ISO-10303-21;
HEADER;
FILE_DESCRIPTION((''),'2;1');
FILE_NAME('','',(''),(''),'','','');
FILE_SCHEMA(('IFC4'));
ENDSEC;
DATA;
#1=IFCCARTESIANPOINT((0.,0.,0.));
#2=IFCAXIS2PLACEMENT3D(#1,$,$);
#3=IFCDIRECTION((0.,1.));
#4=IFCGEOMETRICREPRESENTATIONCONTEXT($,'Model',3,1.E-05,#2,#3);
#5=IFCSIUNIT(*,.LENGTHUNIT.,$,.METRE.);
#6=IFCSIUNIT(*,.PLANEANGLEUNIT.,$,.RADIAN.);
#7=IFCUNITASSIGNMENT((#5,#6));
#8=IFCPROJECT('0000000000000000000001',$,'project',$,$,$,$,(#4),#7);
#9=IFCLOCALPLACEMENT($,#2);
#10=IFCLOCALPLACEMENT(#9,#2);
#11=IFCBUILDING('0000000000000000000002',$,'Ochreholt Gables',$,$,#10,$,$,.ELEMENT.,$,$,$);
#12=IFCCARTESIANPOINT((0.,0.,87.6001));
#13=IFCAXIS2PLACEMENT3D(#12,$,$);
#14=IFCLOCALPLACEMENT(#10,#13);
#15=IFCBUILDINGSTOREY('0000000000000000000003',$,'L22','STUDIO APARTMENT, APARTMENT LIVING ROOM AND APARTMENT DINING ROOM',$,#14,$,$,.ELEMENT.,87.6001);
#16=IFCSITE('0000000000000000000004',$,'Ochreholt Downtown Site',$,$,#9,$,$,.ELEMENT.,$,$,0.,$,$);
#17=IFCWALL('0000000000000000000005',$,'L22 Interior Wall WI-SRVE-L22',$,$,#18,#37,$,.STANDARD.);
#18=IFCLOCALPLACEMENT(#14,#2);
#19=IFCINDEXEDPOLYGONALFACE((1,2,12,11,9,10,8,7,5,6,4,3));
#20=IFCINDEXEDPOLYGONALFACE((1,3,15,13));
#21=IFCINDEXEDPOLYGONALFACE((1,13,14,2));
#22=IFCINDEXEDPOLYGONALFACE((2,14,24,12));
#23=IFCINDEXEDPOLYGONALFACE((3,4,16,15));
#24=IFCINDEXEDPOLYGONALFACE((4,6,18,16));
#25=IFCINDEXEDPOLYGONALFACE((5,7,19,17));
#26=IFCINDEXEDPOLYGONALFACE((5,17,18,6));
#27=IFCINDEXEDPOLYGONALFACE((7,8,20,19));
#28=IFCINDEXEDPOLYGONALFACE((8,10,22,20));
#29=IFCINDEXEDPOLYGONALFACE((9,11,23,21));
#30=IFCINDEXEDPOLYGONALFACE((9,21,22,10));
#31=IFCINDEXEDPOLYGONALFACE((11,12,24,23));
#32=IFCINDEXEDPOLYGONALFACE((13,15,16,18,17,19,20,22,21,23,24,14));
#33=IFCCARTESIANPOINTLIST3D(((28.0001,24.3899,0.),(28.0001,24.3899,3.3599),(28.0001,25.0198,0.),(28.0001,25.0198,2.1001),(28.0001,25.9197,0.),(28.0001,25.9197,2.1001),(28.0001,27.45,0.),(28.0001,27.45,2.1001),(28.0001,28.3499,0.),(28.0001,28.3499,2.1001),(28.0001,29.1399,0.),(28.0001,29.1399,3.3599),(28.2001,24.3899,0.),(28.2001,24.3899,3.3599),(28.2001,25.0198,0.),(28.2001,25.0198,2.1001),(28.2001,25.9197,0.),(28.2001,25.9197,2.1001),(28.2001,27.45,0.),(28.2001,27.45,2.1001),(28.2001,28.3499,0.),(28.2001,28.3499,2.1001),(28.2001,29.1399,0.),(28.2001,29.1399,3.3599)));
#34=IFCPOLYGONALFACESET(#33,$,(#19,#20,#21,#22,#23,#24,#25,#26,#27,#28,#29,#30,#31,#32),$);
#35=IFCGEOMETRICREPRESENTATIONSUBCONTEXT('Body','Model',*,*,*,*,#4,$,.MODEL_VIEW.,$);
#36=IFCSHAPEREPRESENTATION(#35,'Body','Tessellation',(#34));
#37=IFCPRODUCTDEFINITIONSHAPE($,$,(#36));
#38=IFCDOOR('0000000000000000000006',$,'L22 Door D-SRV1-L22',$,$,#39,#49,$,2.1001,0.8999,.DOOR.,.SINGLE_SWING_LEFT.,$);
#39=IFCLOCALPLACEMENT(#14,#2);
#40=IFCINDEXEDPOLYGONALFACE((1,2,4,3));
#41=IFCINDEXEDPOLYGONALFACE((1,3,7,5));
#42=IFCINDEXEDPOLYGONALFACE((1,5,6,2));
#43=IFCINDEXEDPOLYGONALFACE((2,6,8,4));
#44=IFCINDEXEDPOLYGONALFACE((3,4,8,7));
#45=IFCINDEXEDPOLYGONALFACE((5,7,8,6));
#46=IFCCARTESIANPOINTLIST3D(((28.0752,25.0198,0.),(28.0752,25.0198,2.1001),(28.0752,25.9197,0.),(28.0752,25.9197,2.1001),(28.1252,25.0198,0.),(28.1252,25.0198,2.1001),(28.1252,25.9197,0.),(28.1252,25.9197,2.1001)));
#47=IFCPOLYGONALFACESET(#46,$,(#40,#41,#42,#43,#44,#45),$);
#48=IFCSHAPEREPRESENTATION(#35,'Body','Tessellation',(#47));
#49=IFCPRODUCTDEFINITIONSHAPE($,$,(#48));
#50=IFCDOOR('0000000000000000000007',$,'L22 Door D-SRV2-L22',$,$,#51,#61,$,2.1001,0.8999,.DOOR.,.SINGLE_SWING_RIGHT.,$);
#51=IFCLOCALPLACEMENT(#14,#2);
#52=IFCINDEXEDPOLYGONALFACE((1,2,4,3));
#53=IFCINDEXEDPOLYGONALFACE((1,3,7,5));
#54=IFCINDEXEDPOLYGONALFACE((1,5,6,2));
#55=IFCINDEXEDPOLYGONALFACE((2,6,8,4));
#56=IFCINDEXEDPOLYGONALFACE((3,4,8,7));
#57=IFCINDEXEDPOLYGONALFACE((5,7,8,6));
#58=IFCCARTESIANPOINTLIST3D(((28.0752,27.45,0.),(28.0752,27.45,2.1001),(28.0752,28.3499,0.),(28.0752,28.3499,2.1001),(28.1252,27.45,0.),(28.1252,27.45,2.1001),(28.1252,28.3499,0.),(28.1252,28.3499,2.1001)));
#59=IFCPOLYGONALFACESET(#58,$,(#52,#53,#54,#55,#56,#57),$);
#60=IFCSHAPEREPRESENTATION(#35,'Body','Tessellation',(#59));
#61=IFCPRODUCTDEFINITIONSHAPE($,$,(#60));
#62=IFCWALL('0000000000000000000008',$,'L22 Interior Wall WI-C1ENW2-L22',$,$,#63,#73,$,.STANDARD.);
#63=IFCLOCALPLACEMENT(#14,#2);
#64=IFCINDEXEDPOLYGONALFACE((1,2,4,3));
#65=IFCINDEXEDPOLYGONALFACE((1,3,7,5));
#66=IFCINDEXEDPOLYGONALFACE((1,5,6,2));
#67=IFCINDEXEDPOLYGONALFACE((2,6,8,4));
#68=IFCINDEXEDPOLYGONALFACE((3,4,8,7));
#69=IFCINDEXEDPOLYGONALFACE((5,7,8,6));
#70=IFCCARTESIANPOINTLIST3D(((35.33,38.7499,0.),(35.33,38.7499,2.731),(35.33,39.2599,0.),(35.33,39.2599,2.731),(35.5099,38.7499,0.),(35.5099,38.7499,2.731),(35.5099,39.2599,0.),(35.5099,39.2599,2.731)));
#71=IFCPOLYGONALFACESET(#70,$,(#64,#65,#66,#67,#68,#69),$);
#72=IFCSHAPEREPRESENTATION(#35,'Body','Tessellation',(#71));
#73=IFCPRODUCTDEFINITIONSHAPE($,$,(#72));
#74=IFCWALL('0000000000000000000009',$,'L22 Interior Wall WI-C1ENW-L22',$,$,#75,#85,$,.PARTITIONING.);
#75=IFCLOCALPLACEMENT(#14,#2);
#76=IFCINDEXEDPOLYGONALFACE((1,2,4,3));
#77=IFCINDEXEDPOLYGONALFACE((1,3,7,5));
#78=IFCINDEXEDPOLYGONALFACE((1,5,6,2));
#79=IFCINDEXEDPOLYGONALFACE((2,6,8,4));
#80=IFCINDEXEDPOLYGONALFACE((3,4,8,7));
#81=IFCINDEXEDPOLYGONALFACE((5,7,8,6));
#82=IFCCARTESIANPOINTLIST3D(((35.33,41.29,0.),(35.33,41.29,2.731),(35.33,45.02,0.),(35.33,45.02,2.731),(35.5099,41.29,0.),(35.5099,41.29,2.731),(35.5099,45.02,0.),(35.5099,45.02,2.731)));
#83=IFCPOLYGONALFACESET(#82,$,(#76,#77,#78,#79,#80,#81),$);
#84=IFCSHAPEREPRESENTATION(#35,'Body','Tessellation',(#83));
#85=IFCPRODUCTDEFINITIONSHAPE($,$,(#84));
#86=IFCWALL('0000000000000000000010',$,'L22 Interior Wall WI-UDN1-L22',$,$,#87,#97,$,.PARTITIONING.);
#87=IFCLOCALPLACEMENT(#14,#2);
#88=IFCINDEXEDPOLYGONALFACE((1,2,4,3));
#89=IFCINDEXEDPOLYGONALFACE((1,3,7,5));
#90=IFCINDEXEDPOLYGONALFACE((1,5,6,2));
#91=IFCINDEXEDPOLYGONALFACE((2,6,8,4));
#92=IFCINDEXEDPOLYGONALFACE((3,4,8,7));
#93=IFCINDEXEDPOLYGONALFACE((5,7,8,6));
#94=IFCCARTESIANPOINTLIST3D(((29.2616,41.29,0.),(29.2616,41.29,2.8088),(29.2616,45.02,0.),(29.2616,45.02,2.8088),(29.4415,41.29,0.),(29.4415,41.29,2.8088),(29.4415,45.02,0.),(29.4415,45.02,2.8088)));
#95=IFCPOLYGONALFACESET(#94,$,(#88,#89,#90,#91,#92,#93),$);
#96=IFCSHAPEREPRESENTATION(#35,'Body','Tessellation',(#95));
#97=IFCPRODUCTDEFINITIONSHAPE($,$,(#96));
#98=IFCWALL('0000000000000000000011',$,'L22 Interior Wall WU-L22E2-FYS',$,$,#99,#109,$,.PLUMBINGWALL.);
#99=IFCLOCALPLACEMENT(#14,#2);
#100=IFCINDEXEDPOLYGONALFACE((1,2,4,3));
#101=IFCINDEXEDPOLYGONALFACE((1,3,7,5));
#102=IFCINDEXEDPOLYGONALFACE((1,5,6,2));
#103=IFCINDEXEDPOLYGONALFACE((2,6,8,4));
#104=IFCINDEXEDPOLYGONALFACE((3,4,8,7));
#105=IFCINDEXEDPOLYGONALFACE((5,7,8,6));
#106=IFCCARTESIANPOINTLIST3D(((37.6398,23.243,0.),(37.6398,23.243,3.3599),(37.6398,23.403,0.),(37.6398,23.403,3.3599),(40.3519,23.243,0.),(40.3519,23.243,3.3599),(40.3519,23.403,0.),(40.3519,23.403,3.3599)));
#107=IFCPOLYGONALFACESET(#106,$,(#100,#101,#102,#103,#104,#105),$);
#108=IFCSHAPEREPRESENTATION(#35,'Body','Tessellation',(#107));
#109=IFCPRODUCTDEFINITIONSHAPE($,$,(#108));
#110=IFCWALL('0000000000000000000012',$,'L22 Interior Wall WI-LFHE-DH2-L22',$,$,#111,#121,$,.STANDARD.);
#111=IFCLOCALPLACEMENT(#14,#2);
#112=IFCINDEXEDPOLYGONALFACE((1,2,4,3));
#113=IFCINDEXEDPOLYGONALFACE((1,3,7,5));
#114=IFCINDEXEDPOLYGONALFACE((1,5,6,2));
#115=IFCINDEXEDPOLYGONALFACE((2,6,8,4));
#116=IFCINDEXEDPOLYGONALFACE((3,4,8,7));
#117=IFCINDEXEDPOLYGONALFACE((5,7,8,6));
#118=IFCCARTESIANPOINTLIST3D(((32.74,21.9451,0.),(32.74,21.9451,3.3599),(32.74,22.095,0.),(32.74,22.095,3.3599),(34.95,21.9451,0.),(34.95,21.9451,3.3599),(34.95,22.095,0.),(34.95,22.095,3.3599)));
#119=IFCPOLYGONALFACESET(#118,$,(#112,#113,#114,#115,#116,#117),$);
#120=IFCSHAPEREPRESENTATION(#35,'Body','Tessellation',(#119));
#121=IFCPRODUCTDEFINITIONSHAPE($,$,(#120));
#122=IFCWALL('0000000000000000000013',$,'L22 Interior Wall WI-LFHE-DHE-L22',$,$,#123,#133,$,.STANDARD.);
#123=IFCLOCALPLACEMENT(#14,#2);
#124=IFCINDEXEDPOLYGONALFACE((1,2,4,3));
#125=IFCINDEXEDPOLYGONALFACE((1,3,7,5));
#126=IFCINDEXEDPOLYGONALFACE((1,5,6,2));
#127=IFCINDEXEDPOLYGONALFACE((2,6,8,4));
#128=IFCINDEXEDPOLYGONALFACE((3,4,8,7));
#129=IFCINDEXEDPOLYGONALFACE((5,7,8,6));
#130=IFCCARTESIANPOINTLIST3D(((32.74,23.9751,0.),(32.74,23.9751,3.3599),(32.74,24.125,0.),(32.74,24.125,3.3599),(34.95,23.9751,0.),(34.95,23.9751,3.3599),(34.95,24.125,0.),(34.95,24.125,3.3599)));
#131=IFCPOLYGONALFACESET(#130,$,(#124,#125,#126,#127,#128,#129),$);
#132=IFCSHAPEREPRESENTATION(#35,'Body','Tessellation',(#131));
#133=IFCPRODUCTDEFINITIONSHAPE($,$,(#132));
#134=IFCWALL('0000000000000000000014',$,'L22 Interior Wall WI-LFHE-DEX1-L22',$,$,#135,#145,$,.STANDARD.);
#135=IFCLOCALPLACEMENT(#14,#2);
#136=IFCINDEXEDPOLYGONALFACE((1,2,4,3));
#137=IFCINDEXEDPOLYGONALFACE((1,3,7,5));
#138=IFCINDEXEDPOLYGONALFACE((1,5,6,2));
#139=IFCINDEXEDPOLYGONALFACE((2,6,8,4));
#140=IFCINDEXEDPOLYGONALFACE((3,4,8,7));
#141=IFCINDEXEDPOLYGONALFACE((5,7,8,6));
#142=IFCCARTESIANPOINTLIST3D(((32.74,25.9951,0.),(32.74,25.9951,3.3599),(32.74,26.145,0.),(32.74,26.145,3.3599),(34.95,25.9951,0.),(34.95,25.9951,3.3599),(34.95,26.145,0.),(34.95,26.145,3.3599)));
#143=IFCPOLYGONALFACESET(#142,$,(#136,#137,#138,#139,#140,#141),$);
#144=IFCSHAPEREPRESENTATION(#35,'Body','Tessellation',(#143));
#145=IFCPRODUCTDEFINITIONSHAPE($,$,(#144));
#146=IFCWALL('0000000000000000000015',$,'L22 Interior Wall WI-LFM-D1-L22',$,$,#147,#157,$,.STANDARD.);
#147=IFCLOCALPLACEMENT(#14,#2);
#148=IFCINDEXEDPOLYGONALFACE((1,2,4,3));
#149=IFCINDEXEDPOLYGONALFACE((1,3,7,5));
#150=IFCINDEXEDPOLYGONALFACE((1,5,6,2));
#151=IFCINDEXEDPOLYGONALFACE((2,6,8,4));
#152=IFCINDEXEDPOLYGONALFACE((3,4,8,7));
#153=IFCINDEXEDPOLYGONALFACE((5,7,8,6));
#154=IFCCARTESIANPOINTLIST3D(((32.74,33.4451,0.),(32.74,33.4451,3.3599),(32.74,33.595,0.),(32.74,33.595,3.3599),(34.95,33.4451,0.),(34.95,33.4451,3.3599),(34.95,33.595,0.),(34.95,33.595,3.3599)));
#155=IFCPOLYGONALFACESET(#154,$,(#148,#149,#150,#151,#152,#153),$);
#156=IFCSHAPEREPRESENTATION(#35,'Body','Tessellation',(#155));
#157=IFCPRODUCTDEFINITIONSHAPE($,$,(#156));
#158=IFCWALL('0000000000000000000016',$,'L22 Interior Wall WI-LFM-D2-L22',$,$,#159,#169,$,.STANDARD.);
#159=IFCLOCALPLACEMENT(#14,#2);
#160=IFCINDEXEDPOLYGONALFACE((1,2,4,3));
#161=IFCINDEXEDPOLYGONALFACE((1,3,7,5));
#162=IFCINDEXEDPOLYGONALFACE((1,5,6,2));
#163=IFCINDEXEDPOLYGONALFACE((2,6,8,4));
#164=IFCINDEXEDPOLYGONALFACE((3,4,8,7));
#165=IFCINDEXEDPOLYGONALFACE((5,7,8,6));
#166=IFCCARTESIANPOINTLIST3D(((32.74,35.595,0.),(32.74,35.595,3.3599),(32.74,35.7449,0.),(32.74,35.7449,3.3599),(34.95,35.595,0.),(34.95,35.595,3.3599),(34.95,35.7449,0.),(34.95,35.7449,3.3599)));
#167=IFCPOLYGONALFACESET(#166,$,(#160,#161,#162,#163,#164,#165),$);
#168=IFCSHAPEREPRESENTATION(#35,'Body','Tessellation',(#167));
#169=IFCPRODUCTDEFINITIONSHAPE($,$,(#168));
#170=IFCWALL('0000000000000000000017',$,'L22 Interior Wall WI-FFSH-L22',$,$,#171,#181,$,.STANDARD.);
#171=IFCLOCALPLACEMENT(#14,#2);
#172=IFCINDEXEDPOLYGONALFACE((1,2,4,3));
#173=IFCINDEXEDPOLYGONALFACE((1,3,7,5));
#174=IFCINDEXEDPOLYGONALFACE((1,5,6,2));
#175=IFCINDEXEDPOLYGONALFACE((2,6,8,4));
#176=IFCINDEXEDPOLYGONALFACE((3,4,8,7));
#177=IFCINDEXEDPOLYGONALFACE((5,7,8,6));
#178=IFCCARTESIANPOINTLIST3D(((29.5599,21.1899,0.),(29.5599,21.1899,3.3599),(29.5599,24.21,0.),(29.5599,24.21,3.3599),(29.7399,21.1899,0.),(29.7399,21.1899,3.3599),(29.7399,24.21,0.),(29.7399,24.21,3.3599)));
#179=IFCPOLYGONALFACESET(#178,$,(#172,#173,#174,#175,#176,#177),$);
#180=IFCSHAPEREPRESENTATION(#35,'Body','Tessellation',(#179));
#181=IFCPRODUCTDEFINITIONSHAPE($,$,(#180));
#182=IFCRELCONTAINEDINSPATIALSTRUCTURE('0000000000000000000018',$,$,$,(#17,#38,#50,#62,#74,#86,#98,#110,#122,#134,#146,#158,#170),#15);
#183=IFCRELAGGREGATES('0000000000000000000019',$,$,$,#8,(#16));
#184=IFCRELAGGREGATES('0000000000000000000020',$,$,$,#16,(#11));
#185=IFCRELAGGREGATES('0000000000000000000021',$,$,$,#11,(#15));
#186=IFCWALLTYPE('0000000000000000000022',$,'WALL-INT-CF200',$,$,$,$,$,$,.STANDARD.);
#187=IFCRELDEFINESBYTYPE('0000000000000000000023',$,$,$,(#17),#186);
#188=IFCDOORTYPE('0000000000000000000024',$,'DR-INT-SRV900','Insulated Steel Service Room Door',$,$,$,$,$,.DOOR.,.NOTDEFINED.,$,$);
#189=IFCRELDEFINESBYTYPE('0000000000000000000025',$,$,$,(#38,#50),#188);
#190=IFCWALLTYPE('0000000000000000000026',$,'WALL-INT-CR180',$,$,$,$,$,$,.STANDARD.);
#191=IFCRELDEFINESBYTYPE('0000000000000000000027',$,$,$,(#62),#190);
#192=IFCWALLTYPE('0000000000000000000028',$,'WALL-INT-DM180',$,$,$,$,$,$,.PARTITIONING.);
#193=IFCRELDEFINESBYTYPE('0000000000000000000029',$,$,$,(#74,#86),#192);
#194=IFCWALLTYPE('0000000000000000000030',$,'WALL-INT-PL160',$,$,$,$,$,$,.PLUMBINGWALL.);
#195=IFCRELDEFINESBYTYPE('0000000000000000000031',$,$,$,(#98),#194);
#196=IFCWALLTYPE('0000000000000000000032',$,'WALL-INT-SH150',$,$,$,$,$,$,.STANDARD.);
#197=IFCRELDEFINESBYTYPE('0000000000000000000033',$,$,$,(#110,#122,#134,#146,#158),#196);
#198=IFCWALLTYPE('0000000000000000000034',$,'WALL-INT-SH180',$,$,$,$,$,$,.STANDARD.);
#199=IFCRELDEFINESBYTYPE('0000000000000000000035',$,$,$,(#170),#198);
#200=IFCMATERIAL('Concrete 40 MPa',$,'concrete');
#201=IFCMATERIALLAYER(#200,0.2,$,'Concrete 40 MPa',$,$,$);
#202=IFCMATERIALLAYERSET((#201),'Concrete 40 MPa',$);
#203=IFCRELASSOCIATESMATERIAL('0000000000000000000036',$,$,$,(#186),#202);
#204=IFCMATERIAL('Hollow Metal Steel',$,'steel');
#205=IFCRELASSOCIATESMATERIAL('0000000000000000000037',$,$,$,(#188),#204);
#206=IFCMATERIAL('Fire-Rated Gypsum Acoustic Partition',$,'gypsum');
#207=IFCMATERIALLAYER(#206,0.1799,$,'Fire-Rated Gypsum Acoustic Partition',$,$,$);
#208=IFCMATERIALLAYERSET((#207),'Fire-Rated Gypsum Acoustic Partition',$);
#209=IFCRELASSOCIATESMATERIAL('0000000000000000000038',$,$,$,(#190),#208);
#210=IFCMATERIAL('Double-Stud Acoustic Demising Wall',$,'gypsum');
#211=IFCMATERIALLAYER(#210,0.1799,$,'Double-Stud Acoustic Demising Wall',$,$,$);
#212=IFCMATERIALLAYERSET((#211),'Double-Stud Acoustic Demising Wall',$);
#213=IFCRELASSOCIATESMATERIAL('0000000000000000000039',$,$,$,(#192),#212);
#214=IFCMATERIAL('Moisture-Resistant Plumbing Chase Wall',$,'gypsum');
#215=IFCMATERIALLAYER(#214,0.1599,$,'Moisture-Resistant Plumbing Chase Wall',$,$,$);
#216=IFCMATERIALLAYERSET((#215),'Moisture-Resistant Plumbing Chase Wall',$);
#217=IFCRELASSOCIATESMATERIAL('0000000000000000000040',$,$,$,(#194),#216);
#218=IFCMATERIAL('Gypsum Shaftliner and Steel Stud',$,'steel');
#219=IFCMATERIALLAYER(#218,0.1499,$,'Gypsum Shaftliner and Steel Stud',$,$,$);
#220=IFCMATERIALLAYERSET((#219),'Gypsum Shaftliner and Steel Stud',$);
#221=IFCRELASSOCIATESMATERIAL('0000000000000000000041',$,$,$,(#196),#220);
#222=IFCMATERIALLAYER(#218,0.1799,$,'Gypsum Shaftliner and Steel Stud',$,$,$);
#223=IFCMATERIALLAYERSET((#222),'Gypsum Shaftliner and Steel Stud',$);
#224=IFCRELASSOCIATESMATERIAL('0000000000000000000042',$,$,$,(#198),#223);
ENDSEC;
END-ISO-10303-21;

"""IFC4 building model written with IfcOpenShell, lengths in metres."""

from ifc_helpers import new_model, si_unit, direction, frame, frame_2d, origin, place, context, subcontext, project, spatial, rectangle, extrude, material, layer, layer_set, type_object, element, fill, save


model = new_model("IFC4")

# Units and contexts
model_context = context("Model", 3, precision=1e-05, world=origin(), true_north=direction((0.0, 1.0)))
body_context = subcontext(model_context, "Body", "Model", "MODEL_VIEW")
ifc_project = project(units=[si_unit("LENGTHUNIT", "METRE"), si_unit("PLANEANGLEUNIT", "RADIAN")], contexts=[model_context])

# Site, building, storey
site_placement = place(None, origin())
site = spatial("IfcSite", under=ifc_project, at=site_placement, Name="Ochreholt Downtown Site", CompositionType="ELEMENT", RefElevation=0.0)
building_placement = place(site_placement, origin())
building = spatial("IfcBuilding", under=site, at=building_placement, Name="Ochreholt Gables", CompositionType="ELEMENT")
storey_placement = place(building_placement, frame((0.0, 0.0, 87.6001)))
storey = spatial("IfcBuildingStorey", under=building, at=storey_placement, Name="L22", Description="STUDIO APARTMENT, APARTMENT LIVING ROOM AND APARTMENT DINING ROOM", CompositionType="ELEMENT", Elevation=87.6001)

# Wall, openings, doors
ifc_material_1 = material(Name="Concrete 40 MPa", Category="concrete")
ifc_layer_1 = layer(ifc_material_1, 0.2, Name="Concrete 40 MPa")
ifc_layer_set_1 = layer_set([ifc_layer_1], Name="Concrete 40 MPa")
wall_type_1 = type_object("IfcWallType", Name="WALL-INT-CF200", PredefinedType="STANDARD", material=ifc_layer_set_1)
wall_1_placement = place(storey_placement, frame((28.1001, 24.3899, 0.0), z_axis=(0.0, 0.0, 1.0), x_axis=(0.0, 1.0, 0.0)))
wall_1 = element("IfcWall", 1, at=wall_1_placement, inside=storey, type_object=wall_type_1, Name="L22 Interior Wall WI-SRVE-L22", PredefinedType="STANDARD", context=body_context, shape_type="SweptSolid", body=[
    extrude(rectangle(XDim=4.75, YDim=0.2, at=frame_2d((2.375, 0.0))), origin(), (0.0, 0.0, 1.0), 3.3599),
])
opening_1_placement = place(wall_1_placement, frame((0.6299, 0.0, 0.0)))
opening_1 = element("IfcOpeningElement", 2, at=opening_1_placement, cuts=wall_1, PredefinedType="OPENING", context=body_context, shape_type="SweptSolid", body=[
    extrude(rectangle(XDim=0.8999, YDim=2.1001, at=frame_2d((0.45, 1.05))), frame((0.0, 0.1099, 0.0), z_axis=(0.0, -1.0, 0.0), x_axis=(1.0, 0.0, 0.0)), (0.0, 0.0, 1.0), 0.22),
])
opening_2_placement = place(wall_1_placement, frame((3.0601, 0.0, 0.0)))
opening_2 = element("IfcOpeningElement", 3, at=opening_2_placement, cuts=wall_1, PredefinedType="OPENING", context=body_context, shape_type="SweptSolid", body=[
    extrude(rectangle(XDim=0.8999, YDim=2.1001, at=frame_2d((0.45, 1.05))), frame((0.0, 0.1099, 0.0), z_axis=(0.0, -1.0, 0.0), x_axis=(1.0, 0.0, 0.0)), (0.0, 0.0, 1.0), 0.22),
])
ifc_material_2 = material(Name="Hollow Metal Steel", Category="steel")
door_type = type_object("IfcDoorType", Name="DR-INT-SRV900", Description="Insulated Steel Service Room Door", OperationType="NOTDEFINED", PredefinedType="DOOR", material=ifc_material_2)
door_1_placement = place(opening_1_placement, origin())
door_1 = element("IfcDoor", 4, at=door_1_placement, inside=storey, type_object=door_type, Name="L22 Door D-SRV1-L22", OperationType="SINGLE_SWING_LEFT", OverallHeight=2.1001, OverallWidth=0.8999, PredefinedType="DOOR", context=body_context, shape_type="SweptSolid", body=[
    extrude(rectangle(XDim=0.8999, YDim=2.1001, at=frame_2d((0.45, 1.05))), frame((0.0, 0.0249, 0.0), z_axis=(0.0, -1.0, 0.0), x_axis=(1.0, 0.0, 0.0)), (0.0, 0.0, 1.0), 0.05),
])
fill(opening_1, door_1)
door_2_placement = place(opening_2_placement, origin())
door_2 = element("IfcDoor", 5, at=door_2_placement, inside=storey, type_object=door_type, Name="L22 Door D-SRV2-L22", OperationType="SINGLE_SWING_RIGHT", OverallHeight=2.1001, OverallWidth=0.8999, PredefinedType="DOOR", context=body_context, shape_type="SweptSolid", body=[
    extrude(rectangle(XDim=0.8999, YDim=2.1001, at=frame_2d((0.45, 1.05))), frame((0.0, 0.0249, 0.0), z_axis=(0.0, -1.0, 0.0), x_axis=(1.0, 0.0, 0.0)), (0.0, 0.0, 1.0), 0.05),
])
fill(opening_2, door_2)

# Walls
ifc_material_3 = material(Name="Fire-Rated Gypsum Acoustic Partition", Category="gypsum")
ifc_layer_2 = layer(ifc_material_3, 0.1799, Name="Fire-Rated Gypsum Acoustic Partition")
ifc_layer_set_2 = layer_set([ifc_layer_2], Name="Fire-Rated Gypsum Acoustic Partition")
wall_type_2 = type_object("IfcWallType", Name="WALL-INT-CR180", PredefinedType="STANDARD", material=ifc_layer_set_2)
wall_2_placement = place(storey_placement, frame((35.4199, 38.75, 0.0), z_axis=(0.0, 0.0, 1.0), x_axis=(0.0, 1.0, 0.0)))
element("IfcWall", 6, at=wall_2_placement, inside=storey, type_object=wall_type_2, Name="L22 Interior Wall WI-C1ENW2-L22", PredefinedType="STANDARD", context=body_context, shape_type="SweptSolid", body=[
    extrude(rectangle(XDim=0.51, YDim=0.1799, at=frame_2d((0.2549, 0.0))), origin(), (0.0, 0.0, 1.0), 2.731),
])
ifc_material_4 = material(Name="Double-Stud Acoustic Demising Wall", Category="gypsum")
ifc_layer_3 = layer(ifc_material_4, 0.1799, Name="Double-Stud Acoustic Demising Wall")
ifc_layer_set_3 = layer_set([ifc_layer_3], Name="Double-Stud Acoustic Demising Wall")
wall_type_3 = type_object("IfcWallType", Name="WALL-INT-DM180", PredefinedType="PARTITIONING", material=ifc_layer_set_3)
wall_3_placement = place(storey_placement, frame((35.4199, 41.29, 0.0), z_axis=(0.0, 0.0, 1.0), x_axis=(0.0, 1.0, 0.0)))
element("IfcWall", 7, at=wall_3_placement, inside=storey, type_object=wall_type_3, Name="L22 Interior Wall WI-C1ENW-L22", PredefinedType="PARTITIONING", context=body_context, shape_type="SweptSolid", body=[
    extrude(rectangle(XDim=3.73, YDim=0.1799, at=frame_2d((1.865, 0.0))), origin(), (0.0, 0.0, 1.0), 2.731),
])
wall_4_placement = place(storey_placement, frame((29.3516, 41.29, 0.0), z_axis=(0.0, 0.0, 1.0), x_axis=(0.0, 1.0, 0.0)))
element("IfcWall", 8, at=wall_4_placement, inside=storey, type_object=wall_type_3, Name="L22 Interior Wall WI-UDN1-L22", PredefinedType="PARTITIONING", context=body_context, shape_type="SweptSolid", body=[
    extrude(rectangle(XDim=3.73, YDim=0.1799, at=frame_2d((1.865, 0.0))), origin(), (0.0, 0.0, 1.0), 2.8088),
])
ifc_material_5 = material(Name="Moisture-Resistant Plumbing Chase Wall", Category="gypsum")
ifc_layer_4 = layer(ifc_material_5, 0.1599, Name="Moisture-Resistant Plumbing Chase Wall")
ifc_layer_set_4 = layer_set([ifc_layer_4], Name="Moisture-Resistant Plumbing Chase Wall")
wall_type_4 = type_object("IfcWallType", Name="WALL-INT-PL160", PredefinedType="PLUMBINGWALL", material=ifc_layer_set_4)
wall_5_placement = place(storey_placement, frame((37.6399, 23.323, 0.0), z_axis=(0.0, 0.0, 1.0), x_axis=(1.0, 0.0, 0.0)))
element("IfcWall", 9, at=wall_5_placement, inside=storey, type_object=wall_type_4, Name="L22 Interior Wall WU-L22E2-FYS", PredefinedType="PLUMBINGWALL", context=body_context, shape_type="SweptSolid", body=[
    extrude(rectangle(XDim=2.7122, YDim=0.1599, at=frame_2d((1.356, 0.0))), origin(), (0.0, 0.0, 1.0), 3.3599),
])
ifc_material_6 = material(Name="Gypsum Shaftliner and Steel Stud", Category="steel")
ifc_layer_5 = layer(ifc_material_6, 0.1499, Name="Gypsum Shaftliner and Steel Stud")
ifc_layer_set_5 = layer_set([ifc_layer_5], Name="Gypsum Shaftliner and Steel Stud")
wall_type_5 = type_object("IfcWallType", Name="WALL-INT-SH150", PredefinedType="STANDARD", material=ifc_layer_set_5)
for number, where, z_axis, x_axis, name in (
    (10, (32.74, 22.02, 0.0), (0.0, 0.0, 1.0), (1.0, 0.0, 0.0), "L22 Interior Wall WI-LFHE-DH2-L22"),
    (11, (32.74, 24.05, 0.0), (0.0, 0.0, 1.0), (1.0, 0.0, 0.0), "L22 Interior Wall WI-LFHE-DHE-L22"),
    (12, (32.74, 26.0701, 0.0), (0.0, 0.0, 1.0), (1.0, 0.0, 0.0), "L22 Interior Wall WI-LFHE-DEX1-L22"),
    (13, (32.74, 33.52, 0.0), (0.0, 0.0, 1.0), (1.0, 0.0, 0.0), "L22 Interior Wall WI-LFM-D1-L22"),
    (14, (32.74, 35.6699, 0.0), (0.0, 0.0, 1.0), (1.0, 0.0, 0.0), "L22 Interior Wall WI-LFM-D2-L22"),
):
    element("IfcWall", number, at=place(storey_placement, frame(where, z_axis=z_axis, x_axis=x_axis)), inside=storey, type_object=wall_type_5, Name=name, PredefinedType="STANDARD", context=body_context, shape_type="SweptSolid", body=[
        extrude(rectangle(XDim=2.21, YDim=0.1499, at=frame_2d((1.105, 0.0))), origin(), (0.0, 0.0, 1.0), 3.3599),
    ])
ifc_layer_6 = layer(ifc_material_6, 0.1799, Name="Gypsum Shaftliner and Steel Stud")
ifc_layer_set_6 = layer_set([ifc_layer_6], Name="Gypsum Shaftliner and Steel Stud")
wall_type_6 = type_object("IfcWallType", Name="WALL-INT-SH180", PredefinedType="STANDARD", material=ifc_layer_set_6)
for number, where, z_axis, x_axis, name in (
    (15, (29.6499, 21.1899, 0.0), (0.0, 0.0, 1.0), (0.0, 1.0, 0.0), "L22 Interior Wall WI-FFSH-L22"),
):
    element("IfcWall", number, at=place(storey_placement, frame(where, z_axis=z_axis, x_axis=x_axis)), inside=storey, type_object=wall_type_6, Name=name, PredefinedType="STANDARD", context=body_context, shape_type="SweptSolid", body=[
        extrude(rectangle(XDim=3.02, YDim=0.1799, at=frame_2d((1.51, 0.0))), origin(), (0.0, 0.0, 1.0), 3.3599),
    ])

save(model, "model.ifc")
